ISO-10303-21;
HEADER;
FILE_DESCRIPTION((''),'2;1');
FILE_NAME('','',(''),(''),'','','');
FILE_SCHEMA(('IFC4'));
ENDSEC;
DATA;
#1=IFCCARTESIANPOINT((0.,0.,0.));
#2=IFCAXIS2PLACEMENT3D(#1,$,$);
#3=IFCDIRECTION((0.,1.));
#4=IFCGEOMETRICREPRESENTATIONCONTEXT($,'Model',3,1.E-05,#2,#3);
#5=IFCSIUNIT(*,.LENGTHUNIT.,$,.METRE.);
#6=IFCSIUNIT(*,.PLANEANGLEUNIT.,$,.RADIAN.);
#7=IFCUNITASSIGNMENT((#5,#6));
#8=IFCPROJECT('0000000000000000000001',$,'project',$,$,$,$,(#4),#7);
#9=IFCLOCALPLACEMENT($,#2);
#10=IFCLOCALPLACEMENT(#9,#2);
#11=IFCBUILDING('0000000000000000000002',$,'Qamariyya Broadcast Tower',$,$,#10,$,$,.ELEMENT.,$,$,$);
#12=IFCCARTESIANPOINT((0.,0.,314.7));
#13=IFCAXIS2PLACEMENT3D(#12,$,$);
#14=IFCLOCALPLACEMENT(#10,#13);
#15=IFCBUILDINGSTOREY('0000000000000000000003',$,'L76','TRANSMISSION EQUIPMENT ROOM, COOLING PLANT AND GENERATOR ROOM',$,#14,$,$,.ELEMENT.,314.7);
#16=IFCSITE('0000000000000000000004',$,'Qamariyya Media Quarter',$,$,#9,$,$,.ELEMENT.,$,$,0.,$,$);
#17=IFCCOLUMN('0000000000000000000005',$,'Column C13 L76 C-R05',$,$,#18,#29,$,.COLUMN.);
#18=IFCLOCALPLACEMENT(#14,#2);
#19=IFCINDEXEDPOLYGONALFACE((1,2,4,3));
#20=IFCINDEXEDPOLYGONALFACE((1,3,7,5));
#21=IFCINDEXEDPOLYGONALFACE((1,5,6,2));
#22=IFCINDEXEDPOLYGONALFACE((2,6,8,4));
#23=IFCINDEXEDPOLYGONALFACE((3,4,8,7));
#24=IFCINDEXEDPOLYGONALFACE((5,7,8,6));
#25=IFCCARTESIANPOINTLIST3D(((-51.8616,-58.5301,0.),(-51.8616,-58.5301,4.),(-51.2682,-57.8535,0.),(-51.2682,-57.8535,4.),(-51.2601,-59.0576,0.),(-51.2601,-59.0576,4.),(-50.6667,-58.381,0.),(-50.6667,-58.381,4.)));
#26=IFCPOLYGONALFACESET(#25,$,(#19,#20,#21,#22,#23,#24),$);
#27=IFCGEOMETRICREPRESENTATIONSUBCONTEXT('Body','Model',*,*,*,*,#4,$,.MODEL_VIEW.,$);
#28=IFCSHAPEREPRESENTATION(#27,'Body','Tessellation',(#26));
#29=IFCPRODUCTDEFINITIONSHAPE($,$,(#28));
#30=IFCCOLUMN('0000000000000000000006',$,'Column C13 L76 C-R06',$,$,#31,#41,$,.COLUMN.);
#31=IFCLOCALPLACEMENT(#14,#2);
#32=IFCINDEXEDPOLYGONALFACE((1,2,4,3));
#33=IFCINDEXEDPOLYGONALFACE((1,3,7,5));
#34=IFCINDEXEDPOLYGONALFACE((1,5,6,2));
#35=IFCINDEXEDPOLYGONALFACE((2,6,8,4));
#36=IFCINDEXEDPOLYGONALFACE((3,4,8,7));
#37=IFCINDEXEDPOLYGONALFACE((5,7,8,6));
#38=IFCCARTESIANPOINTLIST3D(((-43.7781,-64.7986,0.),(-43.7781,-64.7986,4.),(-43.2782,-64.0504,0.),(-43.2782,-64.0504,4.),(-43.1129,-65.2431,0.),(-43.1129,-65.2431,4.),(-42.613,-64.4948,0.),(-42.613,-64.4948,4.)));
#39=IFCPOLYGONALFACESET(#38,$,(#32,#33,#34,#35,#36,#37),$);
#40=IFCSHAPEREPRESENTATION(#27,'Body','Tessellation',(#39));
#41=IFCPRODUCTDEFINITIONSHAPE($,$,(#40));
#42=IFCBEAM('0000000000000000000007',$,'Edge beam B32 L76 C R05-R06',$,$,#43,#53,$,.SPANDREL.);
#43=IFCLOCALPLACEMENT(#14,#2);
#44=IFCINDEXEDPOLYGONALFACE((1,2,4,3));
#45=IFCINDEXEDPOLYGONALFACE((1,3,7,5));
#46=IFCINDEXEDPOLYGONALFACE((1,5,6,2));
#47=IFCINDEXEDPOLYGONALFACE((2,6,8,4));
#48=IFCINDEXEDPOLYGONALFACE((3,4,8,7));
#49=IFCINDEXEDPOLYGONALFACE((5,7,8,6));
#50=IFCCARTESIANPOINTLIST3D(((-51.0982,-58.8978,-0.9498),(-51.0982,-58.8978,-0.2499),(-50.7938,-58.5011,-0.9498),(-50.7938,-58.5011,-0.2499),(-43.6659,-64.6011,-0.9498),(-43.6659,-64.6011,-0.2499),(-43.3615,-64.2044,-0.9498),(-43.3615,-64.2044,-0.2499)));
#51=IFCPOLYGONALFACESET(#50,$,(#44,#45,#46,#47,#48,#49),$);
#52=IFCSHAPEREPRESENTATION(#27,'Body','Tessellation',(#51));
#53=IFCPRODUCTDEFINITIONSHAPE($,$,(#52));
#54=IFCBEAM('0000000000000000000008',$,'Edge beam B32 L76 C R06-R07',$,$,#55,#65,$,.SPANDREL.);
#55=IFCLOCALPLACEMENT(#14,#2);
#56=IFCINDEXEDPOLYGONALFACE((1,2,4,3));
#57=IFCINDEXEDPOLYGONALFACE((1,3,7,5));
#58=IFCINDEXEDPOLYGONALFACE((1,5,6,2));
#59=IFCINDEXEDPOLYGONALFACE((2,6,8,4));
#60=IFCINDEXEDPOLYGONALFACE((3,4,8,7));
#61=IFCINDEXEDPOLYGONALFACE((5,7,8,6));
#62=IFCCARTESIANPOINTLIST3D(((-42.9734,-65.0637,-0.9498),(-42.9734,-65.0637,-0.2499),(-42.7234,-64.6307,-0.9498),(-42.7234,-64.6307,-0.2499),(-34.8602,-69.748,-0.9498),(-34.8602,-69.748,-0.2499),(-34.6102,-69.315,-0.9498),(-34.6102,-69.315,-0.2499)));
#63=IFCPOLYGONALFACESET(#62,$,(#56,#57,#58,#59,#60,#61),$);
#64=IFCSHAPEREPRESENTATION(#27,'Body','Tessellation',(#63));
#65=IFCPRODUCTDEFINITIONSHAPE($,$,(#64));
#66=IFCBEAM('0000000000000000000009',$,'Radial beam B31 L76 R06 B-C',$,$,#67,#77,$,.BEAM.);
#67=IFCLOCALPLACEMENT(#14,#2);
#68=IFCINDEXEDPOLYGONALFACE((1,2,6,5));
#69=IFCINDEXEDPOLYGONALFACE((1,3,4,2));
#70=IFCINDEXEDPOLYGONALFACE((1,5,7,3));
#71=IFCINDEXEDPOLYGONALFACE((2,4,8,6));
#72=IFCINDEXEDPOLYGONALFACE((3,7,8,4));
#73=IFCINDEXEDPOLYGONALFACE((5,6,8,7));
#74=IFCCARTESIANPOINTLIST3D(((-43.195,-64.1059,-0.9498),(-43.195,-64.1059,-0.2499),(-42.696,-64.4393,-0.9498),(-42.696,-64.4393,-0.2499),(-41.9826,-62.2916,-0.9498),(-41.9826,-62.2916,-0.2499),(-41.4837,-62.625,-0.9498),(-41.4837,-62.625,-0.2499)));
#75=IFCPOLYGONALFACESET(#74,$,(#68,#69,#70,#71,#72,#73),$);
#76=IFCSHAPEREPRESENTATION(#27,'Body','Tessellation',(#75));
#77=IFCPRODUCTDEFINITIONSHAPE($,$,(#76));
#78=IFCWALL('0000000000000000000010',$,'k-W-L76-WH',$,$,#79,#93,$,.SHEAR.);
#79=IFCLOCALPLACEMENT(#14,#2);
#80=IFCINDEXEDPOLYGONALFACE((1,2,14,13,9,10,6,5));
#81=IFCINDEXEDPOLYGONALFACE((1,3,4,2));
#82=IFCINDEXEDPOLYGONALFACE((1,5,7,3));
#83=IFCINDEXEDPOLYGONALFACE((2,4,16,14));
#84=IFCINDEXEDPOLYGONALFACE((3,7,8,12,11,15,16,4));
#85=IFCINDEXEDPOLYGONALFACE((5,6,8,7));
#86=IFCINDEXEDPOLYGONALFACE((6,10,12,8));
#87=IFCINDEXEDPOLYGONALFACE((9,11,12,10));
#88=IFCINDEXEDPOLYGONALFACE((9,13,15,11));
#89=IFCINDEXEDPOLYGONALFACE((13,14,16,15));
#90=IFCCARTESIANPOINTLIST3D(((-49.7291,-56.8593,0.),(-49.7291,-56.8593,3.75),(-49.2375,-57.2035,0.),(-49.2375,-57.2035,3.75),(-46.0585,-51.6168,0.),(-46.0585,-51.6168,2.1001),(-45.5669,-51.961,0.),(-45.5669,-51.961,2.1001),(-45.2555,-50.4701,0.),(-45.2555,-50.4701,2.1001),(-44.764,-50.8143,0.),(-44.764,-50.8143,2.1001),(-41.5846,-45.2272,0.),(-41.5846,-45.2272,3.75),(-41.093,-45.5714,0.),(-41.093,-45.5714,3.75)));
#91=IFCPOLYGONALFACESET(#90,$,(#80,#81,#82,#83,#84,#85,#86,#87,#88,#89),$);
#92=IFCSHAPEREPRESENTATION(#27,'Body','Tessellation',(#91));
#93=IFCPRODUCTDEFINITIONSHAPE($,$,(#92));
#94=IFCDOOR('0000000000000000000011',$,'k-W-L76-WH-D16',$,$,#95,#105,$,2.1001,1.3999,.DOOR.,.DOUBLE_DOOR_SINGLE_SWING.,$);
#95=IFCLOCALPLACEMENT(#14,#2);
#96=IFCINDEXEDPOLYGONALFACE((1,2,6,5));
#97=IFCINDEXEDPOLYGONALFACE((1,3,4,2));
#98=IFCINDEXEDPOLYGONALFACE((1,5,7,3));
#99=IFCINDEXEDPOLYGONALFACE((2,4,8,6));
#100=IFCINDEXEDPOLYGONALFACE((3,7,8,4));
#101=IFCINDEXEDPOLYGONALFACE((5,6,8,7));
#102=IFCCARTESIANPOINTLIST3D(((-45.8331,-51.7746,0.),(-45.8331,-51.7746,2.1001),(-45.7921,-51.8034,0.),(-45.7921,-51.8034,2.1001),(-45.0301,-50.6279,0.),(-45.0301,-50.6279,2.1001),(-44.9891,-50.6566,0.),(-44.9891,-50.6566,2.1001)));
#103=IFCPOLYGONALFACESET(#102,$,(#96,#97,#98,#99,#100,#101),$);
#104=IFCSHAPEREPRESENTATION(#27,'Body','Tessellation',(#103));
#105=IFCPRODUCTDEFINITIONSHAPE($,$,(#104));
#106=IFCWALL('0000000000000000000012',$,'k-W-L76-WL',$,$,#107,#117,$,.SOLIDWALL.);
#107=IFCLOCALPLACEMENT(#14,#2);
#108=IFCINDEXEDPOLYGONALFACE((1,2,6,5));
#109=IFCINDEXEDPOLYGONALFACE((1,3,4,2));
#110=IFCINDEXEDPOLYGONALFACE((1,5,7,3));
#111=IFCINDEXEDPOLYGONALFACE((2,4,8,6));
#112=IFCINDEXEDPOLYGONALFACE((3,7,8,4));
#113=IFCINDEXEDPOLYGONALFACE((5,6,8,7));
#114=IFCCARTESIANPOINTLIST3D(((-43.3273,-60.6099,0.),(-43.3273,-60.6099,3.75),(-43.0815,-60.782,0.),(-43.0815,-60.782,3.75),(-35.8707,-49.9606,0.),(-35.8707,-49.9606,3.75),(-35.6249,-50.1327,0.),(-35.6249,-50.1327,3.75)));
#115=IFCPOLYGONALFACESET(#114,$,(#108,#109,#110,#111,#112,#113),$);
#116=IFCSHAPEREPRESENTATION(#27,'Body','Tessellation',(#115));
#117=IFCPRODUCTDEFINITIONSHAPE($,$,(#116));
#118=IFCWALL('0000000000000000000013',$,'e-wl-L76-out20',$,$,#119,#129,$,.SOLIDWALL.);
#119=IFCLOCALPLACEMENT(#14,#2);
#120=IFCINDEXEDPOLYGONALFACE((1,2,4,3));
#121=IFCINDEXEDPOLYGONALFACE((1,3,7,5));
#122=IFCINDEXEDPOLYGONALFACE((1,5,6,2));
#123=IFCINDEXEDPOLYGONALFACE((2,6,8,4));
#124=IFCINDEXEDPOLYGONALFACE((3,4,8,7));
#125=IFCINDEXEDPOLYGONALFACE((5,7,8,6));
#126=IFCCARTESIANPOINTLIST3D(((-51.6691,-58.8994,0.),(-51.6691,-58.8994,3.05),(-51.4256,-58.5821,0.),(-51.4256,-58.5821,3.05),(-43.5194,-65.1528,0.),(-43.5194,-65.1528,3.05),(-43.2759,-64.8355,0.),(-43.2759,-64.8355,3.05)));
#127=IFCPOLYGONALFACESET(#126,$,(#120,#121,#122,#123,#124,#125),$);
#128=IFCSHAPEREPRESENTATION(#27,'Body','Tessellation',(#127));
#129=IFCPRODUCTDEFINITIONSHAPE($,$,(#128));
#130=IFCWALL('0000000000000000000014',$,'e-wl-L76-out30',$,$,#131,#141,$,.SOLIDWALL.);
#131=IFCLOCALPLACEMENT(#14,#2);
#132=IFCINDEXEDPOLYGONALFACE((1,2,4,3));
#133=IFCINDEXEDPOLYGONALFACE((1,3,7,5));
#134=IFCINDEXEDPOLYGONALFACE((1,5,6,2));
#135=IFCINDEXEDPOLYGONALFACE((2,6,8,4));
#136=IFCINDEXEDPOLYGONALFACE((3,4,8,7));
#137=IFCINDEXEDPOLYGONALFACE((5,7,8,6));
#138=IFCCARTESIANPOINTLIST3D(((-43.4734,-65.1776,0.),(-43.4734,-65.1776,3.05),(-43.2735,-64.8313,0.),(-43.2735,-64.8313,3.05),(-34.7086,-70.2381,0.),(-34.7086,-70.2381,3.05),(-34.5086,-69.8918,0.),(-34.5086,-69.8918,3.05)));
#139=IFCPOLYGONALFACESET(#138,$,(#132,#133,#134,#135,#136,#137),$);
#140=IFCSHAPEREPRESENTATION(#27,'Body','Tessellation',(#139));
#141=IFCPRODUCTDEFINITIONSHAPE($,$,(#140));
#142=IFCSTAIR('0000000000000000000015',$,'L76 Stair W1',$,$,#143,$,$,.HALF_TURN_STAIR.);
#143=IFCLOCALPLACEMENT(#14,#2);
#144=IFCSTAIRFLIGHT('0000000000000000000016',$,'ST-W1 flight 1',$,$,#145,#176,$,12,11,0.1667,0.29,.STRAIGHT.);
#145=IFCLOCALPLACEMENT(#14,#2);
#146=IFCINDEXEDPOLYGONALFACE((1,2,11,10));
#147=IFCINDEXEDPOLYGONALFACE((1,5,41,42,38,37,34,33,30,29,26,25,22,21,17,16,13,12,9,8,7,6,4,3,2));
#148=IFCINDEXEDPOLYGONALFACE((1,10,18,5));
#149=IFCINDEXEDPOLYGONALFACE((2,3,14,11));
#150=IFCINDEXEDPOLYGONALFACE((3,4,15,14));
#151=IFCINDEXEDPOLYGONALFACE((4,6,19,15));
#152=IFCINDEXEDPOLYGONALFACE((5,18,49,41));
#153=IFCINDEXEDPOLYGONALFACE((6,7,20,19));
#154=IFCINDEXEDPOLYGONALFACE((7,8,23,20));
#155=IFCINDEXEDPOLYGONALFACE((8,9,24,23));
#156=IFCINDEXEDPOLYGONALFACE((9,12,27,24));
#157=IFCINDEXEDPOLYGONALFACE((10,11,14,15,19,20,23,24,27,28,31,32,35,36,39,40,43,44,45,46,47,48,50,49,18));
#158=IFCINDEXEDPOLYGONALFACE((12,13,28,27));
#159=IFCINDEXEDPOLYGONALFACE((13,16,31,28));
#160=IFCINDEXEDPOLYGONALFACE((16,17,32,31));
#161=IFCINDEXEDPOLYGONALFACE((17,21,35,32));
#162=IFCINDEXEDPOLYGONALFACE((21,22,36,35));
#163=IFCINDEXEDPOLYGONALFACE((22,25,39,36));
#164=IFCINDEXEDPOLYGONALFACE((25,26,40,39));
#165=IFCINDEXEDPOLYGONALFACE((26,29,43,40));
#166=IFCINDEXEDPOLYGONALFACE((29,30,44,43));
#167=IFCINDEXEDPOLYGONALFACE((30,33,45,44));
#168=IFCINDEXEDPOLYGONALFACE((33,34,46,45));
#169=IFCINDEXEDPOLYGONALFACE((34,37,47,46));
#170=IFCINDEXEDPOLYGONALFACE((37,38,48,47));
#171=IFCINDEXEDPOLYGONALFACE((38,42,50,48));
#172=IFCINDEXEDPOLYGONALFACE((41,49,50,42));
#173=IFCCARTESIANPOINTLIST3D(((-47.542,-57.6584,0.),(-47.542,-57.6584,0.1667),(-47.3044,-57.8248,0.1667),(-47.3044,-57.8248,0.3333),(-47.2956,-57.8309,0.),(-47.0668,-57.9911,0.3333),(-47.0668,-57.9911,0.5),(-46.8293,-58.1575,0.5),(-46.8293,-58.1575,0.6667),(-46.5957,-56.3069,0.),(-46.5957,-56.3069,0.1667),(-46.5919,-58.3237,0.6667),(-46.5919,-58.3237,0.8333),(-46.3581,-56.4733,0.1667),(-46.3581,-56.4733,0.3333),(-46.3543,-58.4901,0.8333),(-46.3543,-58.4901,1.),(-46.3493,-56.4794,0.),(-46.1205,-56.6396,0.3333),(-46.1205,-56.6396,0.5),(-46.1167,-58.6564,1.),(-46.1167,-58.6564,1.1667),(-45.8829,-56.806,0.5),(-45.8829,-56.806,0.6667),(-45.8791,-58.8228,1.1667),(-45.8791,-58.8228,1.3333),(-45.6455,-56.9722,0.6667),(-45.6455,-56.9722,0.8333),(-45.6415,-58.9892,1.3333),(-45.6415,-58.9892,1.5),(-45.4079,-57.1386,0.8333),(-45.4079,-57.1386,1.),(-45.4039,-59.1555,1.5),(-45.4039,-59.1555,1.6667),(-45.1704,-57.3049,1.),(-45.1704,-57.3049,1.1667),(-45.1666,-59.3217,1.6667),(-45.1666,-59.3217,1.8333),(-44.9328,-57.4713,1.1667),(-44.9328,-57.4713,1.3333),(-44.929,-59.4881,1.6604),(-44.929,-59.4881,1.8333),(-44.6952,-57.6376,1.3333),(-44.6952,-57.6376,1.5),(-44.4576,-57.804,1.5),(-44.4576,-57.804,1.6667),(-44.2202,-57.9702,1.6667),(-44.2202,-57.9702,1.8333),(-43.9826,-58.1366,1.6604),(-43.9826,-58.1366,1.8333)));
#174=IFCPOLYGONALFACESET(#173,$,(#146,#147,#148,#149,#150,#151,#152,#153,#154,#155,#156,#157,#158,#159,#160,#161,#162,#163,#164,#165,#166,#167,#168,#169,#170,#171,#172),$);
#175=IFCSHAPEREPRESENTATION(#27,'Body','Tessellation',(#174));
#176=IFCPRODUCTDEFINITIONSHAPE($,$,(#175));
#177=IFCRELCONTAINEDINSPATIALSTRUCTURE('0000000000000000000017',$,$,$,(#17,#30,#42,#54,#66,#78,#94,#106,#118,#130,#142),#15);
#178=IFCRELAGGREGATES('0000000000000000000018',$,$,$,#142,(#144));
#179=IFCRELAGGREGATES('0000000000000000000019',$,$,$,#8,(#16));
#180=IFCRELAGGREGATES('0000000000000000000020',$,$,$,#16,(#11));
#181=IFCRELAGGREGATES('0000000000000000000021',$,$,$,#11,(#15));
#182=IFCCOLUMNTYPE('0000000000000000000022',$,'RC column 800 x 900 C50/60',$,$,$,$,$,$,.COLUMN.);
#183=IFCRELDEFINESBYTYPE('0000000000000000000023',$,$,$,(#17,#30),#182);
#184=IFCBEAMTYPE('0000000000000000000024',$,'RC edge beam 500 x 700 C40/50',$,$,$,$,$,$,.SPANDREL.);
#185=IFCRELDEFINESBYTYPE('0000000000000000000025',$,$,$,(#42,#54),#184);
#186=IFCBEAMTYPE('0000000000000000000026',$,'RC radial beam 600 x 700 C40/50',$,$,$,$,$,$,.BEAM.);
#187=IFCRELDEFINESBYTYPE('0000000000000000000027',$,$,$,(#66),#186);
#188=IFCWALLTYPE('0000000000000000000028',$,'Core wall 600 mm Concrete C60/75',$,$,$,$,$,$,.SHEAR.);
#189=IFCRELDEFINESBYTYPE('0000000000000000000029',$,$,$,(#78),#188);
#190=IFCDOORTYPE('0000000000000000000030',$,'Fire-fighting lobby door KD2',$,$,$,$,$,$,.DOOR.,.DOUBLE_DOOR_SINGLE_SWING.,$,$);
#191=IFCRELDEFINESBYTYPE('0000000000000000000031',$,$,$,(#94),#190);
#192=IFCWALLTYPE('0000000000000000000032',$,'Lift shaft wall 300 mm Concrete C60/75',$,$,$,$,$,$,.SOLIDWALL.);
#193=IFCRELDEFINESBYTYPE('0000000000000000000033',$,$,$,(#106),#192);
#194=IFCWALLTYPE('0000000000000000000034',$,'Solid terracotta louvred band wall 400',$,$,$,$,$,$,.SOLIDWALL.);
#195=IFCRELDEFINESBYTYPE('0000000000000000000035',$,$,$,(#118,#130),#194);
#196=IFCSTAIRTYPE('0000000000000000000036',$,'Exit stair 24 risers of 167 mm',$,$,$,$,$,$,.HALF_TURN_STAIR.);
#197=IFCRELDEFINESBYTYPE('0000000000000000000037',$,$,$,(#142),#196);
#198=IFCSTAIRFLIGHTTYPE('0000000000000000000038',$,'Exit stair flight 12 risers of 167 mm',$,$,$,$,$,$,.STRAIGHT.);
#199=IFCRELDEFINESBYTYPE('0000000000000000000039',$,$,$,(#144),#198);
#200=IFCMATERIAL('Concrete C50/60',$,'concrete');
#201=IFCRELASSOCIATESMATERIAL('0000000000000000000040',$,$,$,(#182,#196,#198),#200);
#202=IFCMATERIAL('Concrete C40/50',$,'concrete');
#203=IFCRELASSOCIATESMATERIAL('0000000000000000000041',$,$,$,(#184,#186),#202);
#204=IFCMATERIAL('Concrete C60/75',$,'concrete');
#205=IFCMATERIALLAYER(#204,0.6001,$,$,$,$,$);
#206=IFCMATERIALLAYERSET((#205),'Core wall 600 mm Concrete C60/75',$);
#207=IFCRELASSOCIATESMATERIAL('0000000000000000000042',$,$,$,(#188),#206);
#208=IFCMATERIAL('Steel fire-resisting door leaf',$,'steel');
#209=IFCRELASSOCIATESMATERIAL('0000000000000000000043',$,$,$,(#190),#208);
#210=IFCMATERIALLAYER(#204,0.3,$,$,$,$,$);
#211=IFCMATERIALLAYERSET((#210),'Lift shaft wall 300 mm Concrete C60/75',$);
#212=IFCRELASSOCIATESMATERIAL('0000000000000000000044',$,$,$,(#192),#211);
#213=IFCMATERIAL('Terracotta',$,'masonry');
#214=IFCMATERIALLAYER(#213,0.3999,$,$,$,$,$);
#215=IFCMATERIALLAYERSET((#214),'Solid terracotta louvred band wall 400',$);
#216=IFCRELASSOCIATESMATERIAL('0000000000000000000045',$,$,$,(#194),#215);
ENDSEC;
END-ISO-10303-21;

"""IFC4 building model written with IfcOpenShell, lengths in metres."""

from ifc_helpers import new_model, si_unit, direction, frame, frame_2d, origin, origin_2d, place, context, subcontext, project, spatial, polyline, rectangle, outline, extrude, material, layer, layer_set, material_profile, profile_set, type_object, element, fill, aggregate, save


model = new_model("IFC4")

# Units and contexts
model_context = context("Model", 3, precision=1e-05, world=origin(), true_north=direction((0.0, 1.0)))
body_context = subcontext(model_context, "Body", "Model", "MODEL_VIEW")
ifc_project = project(units=[si_unit("LENGTHUNIT", "METRE"), si_unit("PLANEANGLEUNIT", "RADIAN")], contexts=[model_context])

# Site, building, storey
site_placement = place(None, origin())
site = spatial("IfcSite", under=ifc_project, at=site_placement, Name="Qamariyya Media Quarter", CompositionType="ELEMENT", RefElevation=0.0)
building_placement = place(site_placement, origin())
building = spatial("IfcBuilding", under=site, at=building_placement, Name="Qamariyya Broadcast Tower", CompositionType="ELEMENT")
storey_placement = place(building_placement, frame((0.0, 0.0, 314.7)))
storey = spatial("IfcBuildingStorey", under=building, at=storey_placement, Name="L76", Description="TRANSMISSION EQUIPMENT ROOM, COOLING PLANT AND GENERATOR ROOM", CompositionType="ELEMENT", Elevation=314.7)

# Columns
ifc_material_1 = material(Name="Concrete C50/60", Category="concrete")
ifc_material_profile_1 = material_profile(ifc_material_1, rectangle(XDim=0.8, YDim=0.8999, at=origin_2d()))
ifc_profile_set_1 = profile_set([ifc_material_profile_1], Name="Concrete C50/60")
column_type = type_object("IfcColumnType", Name="RC column 800 x 900 C50/60", PredefinedType="COLUMN", material=ifc_profile_set_1)
for number, where, z_axis, x_axis, name in (
    (1, (-51.2642, -58.4556, 0.0), (0.0, 0.0, 1.0), (0.75184, -0.659346, 0.0), "Column C13 L76 C-R05"),
    (2, (-43.1956, -64.6467, 0.0), (0.0, 0.0, 1.0), (0.83147, -0.55557, 0.0), "Column C13 L76 C-R06"),
):
    element("IfcColumn", number, at=place(storey_placement, frame(where, z_axis=z_axis, x_axis=x_axis)), inside=storey, type_object=column_type, Name=name, PredefinedType="COLUMN", context=body_context, shape_type="SweptSolid", body=[
        extrude(rectangle(XDim=0.8, YDim=0.8999, at=origin_2d()), origin(), (0.0, 0.0, 1.0), 4.0),
    ])

# Beams
ifc_material_2 = material(Name="Concrete C40/50", Category="concrete")
ifc_material_profile_2 = material_profile(ifc_material_2, rectangle(XDim=0.5, YDim=0.7, at=origin_2d()))
ifc_profile_set_2 = profile_set([ifc_material_profile_2], Name="Concrete C40/50")
beam_type_1 = type_object("IfcBeamType", Name="RC edge beam 500 x 700 C40/50", PredefinedType="SPANDREL", material=ifc_profile_set_2)
for number, where, z_axis, x_axis, name in (
    (3, (-50.946, -58.6995, -0.5999), (0.793337, -0.608782, 0.0), (0.608782, 0.793337, 0.0), "Edge beam B32 L76 C R05-R06"),
    (4, (-42.8484, -64.8472, -0.5999), (0.86602, -0.50001, 0.0), (0.50001, 0.86602, 0.0), "Edge beam B32 L76 C R06-R07"),
):
    element("IfcBeam", number, at=place(storey_placement, frame(where, z_axis=z_axis, x_axis=x_axis)), inside=storey, type_object=beam_type_1, Name=name, PredefinedType="SPANDREL", context=body_context, shape_type="SweptSolid", body=[
        extrude(rectangle(XDim=0.5, YDim=0.7, at=origin_2d()), origin(), (0.0, 0.0, 1.0), 9.3684),
    ])
ifc_material_profile_3 = material_profile(ifc_material_2, rectangle(XDim=0.6001, YDim=0.7, at=origin_2d()))
ifc_profile_set_3 = profile_set([ifc_material_profile_3], Name="Concrete C40/50")
beam_type_2 = type_object("IfcBeamType", Name="RC radial beam 600 x 700 C40/50", PredefinedType="BEAM", material=ifc_profile_set_3)
beam_placement = place(storey_placement, frame((-41.7332, -62.4583, -0.5999), z_axis=(-0.555578, -0.831465, 0.0), x_axis=(0.831465, -0.555578, 0.0)))
element("IfcBeam", 5, at=beam_placement, inside=storey, type_object=beam_type_2, Name="Radial beam B31 L76 R06 B-C", PredefinedType="BEAM", context=body_context, shape_type="SweptSolid", body=[
    extrude(rectangle(XDim=0.6001, YDim=0.7, at=origin_2d()), origin(), (0.0, 0.0, 1.0), 2.1821),
])

# Wall, opening, door
ifc_material_3 = material(Name="Concrete C60/75", Category="concrete")
ifc_layer_1 = layer(ifc_material_3, 0.6001)
ifc_layer_set_1 = layer_set([ifc_layer_1], Name="Core wall 600 mm Concrete C60/75")
wall_type_1 = type_object("IfcWallType", Name="Core wall 600 mm Concrete C60/75", PredefinedType="SHEAR", material=ifc_layer_set_1)
wall_1_placement = place(storey_placement, frame((-49.4834, -57.0315, 0.0), z_axis=(0.0, 0.0, 1.0), x_axis=(0.57356, 0.819163, 0.0)))
wall_1 = element("IfcWall", 6, at=wall_1_placement, inside=storey, type_object=wall_type_1, Name="k-W-L76-WH", PredefinedType="SHEAR", context=body_context, shape_type="SweptSolid", body=[
    extrude(rectangle(XDim=14.2, YDim=0.6001, at=frame_2d((7.1001, 0.0))), origin(), (0.0, 0.0, 1.0), 3.75),
])
opening_placement = place(wall_1_placement, frame((6.3999, 0.0, 0.0)))
opening = element("IfcOpeningElement", 7, at=opening_placement, cuts=wall_1, PredefinedType="OPENING", context=body_context, shape_type="SweptSolid", body=[
    extrude(rectangle(XDim=1.3999, YDim=2.1001, at=frame_2d((0.7, 1.05))), frame((0.0, 0.3101, 0.0), z_axis=(0.0, -1.0, 0.0), x_axis=(1.0, 0.0, 0.0)), (0.0, 0.0, 1.0), 0.6201),
])
ifc_material_4 = material(Name="Steel fire-resisting door leaf", Category="steel")
door_type = type_object("IfcDoorType", Name="Fire-fighting lobby door KD2", OperationType="DOUBLE_DOOR_SINGLE_SWING", PredefinedType="DOOR", material=ifc_material_4)
door_placement = place(opening_placement, origin())
door = element("IfcDoor", 8, at=door_placement, inside=storey, type_object=door_type, Name="k-W-L76-WH-D16", OperationType="DOUBLE_DOOR_SINGLE_SWING", OverallHeight=2.1001, OverallWidth=1.3999, PredefinedType="DOOR", context=body_context, shape_type="SweptSolid", body=[
    extrude(rectangle(XDim=1.3999, YDim=2.1001, at=frame_2d((0.7, 1.05))), frame((0.0, 0.0249, 0.0), z_axis=(0.0, -1.0, 0.0), x_axis=(1.0, 0.0, 0.0)), (0.0, 0.0, 1.0), 0.05),
])
fill(opening, door)

# Walls
ifc_layer_2 = layer(ifc_material_3, 0.3)
ifc_layer_set_2 = layer_set([ifc_layer_2], Name="Lift shaft wall 300 mm Concrete C60/75")
wall_type_2 = type_object("IfcWallType", Name="Lift shaft wall 300 mm Concrete C60/75", PredefinedType="SOLIDWALL", material=ifc_layer_set_2)
wall_2_placement = place(storey_placement, frame((-43.2043, -60.6958, 0.0), z_axis=(0.0, 0.0, 1.0), x_axis=(0.573572, 0.819155, 0.0)))
element("IfcWall", 9, at=wall_2_placement, inside=storey, type_object=wall_type_2, Name="k-W-L76-WL", PredefinedType="SOLIDWALL", context=body_context, shape_type="SweptSolid", body=[
    extrude(rectangle(XDim=13.0002, YDim=0.3, at=frame_2d((6.5, 0.0))), origin(), (0.0, 0.0, 1.0), 3.75),
])
ifc_material_5 = material(Name="Terracotta", Category="masonry")
ifc_layer_3 = layer(ifc_material_5, 0.3999)
ifc_layer_set_3 = layer_set([ifc_layer_3], Name="Solid terracotta louvred band wall 400")
wall_type_3 = type_object("IfcWallType", Name="Solid terracotta louvred band wall 400", PredefinedType="SOLIDWALL", material=ifc_layer_set_3)
wall_3_placement = place(storey_placement, frame((-51.5474, -58.7407, 0.0), z_axis=(0.0, 0.0, 1.0), x_axis=(0.793355, -0.608759, 0.0)))
element("IfcWall", 10, at=wall_3_placement, inside=storey, type_object=wall_type_3, Name="e-wl-L76-out20", PredefinedType="SOLIDWALL", context=body_context, shape_type="SweptSolid", body=[
    extrude(rectangle(XDim=10.2725, YDim=0.3999, at=frame_2d((5.1362, 0.0))), origin(), (0.0, 0.0, 1.0), 3.05),
])
wall_4_placement = place(storey_placement, frame((-43.3735, -65.0044, 0.0), z_axis=(0.0, 0.0, 1.0), x_axis=(0.86602, -0.50001, 0.0)))
element("IfcWall", 11, at=wall_4_placement, inside=storey, type_object=wall_type_3, Name="e-wl-L76-out30", PredefinedType="SOLIDWALL", context=body_context, shape_type="SweptSolid", body=[
    extrude(rectangle(XDim=10.1208, YDim=0.3999, at=frame_2d((5.0605, 0.0))), origin(), (0.0, 0.0, 1.0), 3.05),
])

# Stair, stair flight
stair_type = type_object("IfcStairType", Name="Exit stair 24 risers of 167 mm", PredefinedType="HALF_TURN_STAIR", material=ifc_material_1)
stair_placement = place(storey_placement, origin())
stair = element("IfcStair", 12, at=stair_placement, inside=storey, type_object=stair_type, Name="L76 Stair W1", PredefinedType="HALF_TURN_STAIR")
stair_flight_type = type_object("IfcStairFlightType", Name="Exit stair flight 12 risers of 167 mm", PredefinedType="STRAIGHT", material=ifc_material_1)
stair_flight_1_placement = place(storey_placement, frame((-47.0688, -56.9827, 0.0), z_axis=(0.0, 0.0, 1.0), x_axis=(0.819152, -0.573576, 0.0)))
stair_flight_1 = element("IfcStairFlight", 13, at=stair_flight_1_placement, type_object=stair_flight_type, Name="ST-W1 flight 1", NumberOfRisers=12, NumberOfTreads=11, PredefinedType="STRAIGHT", RiserHeight=0.1667, TreadLength=0.29, context=body_context, shape_type="SweptSolid", body=[
    extrude(outline(polyline([(0.0, 0.0), (0.0, 0.1667), (0.29, 0.1667), (0.29, 0.3333), (0.5801, 0.3333), (0.5801, 0.5), (0.8701, 0.5), (0.8701, 0.6667), (1.1599, 0.6667), (1.1599, 0.8333), (1.45, 0.8333), (1.45, 1.0), (1.74, 1.0), (1.74, 1.1667), (2.03, 1.1667), (2.03, 1.3333), (2.3201, 1.3333), (2.3201, 1.5), (2.6101, 1.5), (2.6101, 1.6667), (2.8999, 1.6667), (2.8999, 1.8333), (3.1899, 1.8333), (3.1899, 2.0), (3.1899, 1.6604), (0.3008, 0.0), (0.0, 0.0)])), frame((0.0, 0.825, 0.0), z_axis=(0.0, -1.0, 0.0), x_axis=(1.0, 0.0, 0.0)), (0.0, 0.0, 1.0), 1.6499),
])
aggregate(stair, [stair_flight_1])

save(model, "model.ifc")
